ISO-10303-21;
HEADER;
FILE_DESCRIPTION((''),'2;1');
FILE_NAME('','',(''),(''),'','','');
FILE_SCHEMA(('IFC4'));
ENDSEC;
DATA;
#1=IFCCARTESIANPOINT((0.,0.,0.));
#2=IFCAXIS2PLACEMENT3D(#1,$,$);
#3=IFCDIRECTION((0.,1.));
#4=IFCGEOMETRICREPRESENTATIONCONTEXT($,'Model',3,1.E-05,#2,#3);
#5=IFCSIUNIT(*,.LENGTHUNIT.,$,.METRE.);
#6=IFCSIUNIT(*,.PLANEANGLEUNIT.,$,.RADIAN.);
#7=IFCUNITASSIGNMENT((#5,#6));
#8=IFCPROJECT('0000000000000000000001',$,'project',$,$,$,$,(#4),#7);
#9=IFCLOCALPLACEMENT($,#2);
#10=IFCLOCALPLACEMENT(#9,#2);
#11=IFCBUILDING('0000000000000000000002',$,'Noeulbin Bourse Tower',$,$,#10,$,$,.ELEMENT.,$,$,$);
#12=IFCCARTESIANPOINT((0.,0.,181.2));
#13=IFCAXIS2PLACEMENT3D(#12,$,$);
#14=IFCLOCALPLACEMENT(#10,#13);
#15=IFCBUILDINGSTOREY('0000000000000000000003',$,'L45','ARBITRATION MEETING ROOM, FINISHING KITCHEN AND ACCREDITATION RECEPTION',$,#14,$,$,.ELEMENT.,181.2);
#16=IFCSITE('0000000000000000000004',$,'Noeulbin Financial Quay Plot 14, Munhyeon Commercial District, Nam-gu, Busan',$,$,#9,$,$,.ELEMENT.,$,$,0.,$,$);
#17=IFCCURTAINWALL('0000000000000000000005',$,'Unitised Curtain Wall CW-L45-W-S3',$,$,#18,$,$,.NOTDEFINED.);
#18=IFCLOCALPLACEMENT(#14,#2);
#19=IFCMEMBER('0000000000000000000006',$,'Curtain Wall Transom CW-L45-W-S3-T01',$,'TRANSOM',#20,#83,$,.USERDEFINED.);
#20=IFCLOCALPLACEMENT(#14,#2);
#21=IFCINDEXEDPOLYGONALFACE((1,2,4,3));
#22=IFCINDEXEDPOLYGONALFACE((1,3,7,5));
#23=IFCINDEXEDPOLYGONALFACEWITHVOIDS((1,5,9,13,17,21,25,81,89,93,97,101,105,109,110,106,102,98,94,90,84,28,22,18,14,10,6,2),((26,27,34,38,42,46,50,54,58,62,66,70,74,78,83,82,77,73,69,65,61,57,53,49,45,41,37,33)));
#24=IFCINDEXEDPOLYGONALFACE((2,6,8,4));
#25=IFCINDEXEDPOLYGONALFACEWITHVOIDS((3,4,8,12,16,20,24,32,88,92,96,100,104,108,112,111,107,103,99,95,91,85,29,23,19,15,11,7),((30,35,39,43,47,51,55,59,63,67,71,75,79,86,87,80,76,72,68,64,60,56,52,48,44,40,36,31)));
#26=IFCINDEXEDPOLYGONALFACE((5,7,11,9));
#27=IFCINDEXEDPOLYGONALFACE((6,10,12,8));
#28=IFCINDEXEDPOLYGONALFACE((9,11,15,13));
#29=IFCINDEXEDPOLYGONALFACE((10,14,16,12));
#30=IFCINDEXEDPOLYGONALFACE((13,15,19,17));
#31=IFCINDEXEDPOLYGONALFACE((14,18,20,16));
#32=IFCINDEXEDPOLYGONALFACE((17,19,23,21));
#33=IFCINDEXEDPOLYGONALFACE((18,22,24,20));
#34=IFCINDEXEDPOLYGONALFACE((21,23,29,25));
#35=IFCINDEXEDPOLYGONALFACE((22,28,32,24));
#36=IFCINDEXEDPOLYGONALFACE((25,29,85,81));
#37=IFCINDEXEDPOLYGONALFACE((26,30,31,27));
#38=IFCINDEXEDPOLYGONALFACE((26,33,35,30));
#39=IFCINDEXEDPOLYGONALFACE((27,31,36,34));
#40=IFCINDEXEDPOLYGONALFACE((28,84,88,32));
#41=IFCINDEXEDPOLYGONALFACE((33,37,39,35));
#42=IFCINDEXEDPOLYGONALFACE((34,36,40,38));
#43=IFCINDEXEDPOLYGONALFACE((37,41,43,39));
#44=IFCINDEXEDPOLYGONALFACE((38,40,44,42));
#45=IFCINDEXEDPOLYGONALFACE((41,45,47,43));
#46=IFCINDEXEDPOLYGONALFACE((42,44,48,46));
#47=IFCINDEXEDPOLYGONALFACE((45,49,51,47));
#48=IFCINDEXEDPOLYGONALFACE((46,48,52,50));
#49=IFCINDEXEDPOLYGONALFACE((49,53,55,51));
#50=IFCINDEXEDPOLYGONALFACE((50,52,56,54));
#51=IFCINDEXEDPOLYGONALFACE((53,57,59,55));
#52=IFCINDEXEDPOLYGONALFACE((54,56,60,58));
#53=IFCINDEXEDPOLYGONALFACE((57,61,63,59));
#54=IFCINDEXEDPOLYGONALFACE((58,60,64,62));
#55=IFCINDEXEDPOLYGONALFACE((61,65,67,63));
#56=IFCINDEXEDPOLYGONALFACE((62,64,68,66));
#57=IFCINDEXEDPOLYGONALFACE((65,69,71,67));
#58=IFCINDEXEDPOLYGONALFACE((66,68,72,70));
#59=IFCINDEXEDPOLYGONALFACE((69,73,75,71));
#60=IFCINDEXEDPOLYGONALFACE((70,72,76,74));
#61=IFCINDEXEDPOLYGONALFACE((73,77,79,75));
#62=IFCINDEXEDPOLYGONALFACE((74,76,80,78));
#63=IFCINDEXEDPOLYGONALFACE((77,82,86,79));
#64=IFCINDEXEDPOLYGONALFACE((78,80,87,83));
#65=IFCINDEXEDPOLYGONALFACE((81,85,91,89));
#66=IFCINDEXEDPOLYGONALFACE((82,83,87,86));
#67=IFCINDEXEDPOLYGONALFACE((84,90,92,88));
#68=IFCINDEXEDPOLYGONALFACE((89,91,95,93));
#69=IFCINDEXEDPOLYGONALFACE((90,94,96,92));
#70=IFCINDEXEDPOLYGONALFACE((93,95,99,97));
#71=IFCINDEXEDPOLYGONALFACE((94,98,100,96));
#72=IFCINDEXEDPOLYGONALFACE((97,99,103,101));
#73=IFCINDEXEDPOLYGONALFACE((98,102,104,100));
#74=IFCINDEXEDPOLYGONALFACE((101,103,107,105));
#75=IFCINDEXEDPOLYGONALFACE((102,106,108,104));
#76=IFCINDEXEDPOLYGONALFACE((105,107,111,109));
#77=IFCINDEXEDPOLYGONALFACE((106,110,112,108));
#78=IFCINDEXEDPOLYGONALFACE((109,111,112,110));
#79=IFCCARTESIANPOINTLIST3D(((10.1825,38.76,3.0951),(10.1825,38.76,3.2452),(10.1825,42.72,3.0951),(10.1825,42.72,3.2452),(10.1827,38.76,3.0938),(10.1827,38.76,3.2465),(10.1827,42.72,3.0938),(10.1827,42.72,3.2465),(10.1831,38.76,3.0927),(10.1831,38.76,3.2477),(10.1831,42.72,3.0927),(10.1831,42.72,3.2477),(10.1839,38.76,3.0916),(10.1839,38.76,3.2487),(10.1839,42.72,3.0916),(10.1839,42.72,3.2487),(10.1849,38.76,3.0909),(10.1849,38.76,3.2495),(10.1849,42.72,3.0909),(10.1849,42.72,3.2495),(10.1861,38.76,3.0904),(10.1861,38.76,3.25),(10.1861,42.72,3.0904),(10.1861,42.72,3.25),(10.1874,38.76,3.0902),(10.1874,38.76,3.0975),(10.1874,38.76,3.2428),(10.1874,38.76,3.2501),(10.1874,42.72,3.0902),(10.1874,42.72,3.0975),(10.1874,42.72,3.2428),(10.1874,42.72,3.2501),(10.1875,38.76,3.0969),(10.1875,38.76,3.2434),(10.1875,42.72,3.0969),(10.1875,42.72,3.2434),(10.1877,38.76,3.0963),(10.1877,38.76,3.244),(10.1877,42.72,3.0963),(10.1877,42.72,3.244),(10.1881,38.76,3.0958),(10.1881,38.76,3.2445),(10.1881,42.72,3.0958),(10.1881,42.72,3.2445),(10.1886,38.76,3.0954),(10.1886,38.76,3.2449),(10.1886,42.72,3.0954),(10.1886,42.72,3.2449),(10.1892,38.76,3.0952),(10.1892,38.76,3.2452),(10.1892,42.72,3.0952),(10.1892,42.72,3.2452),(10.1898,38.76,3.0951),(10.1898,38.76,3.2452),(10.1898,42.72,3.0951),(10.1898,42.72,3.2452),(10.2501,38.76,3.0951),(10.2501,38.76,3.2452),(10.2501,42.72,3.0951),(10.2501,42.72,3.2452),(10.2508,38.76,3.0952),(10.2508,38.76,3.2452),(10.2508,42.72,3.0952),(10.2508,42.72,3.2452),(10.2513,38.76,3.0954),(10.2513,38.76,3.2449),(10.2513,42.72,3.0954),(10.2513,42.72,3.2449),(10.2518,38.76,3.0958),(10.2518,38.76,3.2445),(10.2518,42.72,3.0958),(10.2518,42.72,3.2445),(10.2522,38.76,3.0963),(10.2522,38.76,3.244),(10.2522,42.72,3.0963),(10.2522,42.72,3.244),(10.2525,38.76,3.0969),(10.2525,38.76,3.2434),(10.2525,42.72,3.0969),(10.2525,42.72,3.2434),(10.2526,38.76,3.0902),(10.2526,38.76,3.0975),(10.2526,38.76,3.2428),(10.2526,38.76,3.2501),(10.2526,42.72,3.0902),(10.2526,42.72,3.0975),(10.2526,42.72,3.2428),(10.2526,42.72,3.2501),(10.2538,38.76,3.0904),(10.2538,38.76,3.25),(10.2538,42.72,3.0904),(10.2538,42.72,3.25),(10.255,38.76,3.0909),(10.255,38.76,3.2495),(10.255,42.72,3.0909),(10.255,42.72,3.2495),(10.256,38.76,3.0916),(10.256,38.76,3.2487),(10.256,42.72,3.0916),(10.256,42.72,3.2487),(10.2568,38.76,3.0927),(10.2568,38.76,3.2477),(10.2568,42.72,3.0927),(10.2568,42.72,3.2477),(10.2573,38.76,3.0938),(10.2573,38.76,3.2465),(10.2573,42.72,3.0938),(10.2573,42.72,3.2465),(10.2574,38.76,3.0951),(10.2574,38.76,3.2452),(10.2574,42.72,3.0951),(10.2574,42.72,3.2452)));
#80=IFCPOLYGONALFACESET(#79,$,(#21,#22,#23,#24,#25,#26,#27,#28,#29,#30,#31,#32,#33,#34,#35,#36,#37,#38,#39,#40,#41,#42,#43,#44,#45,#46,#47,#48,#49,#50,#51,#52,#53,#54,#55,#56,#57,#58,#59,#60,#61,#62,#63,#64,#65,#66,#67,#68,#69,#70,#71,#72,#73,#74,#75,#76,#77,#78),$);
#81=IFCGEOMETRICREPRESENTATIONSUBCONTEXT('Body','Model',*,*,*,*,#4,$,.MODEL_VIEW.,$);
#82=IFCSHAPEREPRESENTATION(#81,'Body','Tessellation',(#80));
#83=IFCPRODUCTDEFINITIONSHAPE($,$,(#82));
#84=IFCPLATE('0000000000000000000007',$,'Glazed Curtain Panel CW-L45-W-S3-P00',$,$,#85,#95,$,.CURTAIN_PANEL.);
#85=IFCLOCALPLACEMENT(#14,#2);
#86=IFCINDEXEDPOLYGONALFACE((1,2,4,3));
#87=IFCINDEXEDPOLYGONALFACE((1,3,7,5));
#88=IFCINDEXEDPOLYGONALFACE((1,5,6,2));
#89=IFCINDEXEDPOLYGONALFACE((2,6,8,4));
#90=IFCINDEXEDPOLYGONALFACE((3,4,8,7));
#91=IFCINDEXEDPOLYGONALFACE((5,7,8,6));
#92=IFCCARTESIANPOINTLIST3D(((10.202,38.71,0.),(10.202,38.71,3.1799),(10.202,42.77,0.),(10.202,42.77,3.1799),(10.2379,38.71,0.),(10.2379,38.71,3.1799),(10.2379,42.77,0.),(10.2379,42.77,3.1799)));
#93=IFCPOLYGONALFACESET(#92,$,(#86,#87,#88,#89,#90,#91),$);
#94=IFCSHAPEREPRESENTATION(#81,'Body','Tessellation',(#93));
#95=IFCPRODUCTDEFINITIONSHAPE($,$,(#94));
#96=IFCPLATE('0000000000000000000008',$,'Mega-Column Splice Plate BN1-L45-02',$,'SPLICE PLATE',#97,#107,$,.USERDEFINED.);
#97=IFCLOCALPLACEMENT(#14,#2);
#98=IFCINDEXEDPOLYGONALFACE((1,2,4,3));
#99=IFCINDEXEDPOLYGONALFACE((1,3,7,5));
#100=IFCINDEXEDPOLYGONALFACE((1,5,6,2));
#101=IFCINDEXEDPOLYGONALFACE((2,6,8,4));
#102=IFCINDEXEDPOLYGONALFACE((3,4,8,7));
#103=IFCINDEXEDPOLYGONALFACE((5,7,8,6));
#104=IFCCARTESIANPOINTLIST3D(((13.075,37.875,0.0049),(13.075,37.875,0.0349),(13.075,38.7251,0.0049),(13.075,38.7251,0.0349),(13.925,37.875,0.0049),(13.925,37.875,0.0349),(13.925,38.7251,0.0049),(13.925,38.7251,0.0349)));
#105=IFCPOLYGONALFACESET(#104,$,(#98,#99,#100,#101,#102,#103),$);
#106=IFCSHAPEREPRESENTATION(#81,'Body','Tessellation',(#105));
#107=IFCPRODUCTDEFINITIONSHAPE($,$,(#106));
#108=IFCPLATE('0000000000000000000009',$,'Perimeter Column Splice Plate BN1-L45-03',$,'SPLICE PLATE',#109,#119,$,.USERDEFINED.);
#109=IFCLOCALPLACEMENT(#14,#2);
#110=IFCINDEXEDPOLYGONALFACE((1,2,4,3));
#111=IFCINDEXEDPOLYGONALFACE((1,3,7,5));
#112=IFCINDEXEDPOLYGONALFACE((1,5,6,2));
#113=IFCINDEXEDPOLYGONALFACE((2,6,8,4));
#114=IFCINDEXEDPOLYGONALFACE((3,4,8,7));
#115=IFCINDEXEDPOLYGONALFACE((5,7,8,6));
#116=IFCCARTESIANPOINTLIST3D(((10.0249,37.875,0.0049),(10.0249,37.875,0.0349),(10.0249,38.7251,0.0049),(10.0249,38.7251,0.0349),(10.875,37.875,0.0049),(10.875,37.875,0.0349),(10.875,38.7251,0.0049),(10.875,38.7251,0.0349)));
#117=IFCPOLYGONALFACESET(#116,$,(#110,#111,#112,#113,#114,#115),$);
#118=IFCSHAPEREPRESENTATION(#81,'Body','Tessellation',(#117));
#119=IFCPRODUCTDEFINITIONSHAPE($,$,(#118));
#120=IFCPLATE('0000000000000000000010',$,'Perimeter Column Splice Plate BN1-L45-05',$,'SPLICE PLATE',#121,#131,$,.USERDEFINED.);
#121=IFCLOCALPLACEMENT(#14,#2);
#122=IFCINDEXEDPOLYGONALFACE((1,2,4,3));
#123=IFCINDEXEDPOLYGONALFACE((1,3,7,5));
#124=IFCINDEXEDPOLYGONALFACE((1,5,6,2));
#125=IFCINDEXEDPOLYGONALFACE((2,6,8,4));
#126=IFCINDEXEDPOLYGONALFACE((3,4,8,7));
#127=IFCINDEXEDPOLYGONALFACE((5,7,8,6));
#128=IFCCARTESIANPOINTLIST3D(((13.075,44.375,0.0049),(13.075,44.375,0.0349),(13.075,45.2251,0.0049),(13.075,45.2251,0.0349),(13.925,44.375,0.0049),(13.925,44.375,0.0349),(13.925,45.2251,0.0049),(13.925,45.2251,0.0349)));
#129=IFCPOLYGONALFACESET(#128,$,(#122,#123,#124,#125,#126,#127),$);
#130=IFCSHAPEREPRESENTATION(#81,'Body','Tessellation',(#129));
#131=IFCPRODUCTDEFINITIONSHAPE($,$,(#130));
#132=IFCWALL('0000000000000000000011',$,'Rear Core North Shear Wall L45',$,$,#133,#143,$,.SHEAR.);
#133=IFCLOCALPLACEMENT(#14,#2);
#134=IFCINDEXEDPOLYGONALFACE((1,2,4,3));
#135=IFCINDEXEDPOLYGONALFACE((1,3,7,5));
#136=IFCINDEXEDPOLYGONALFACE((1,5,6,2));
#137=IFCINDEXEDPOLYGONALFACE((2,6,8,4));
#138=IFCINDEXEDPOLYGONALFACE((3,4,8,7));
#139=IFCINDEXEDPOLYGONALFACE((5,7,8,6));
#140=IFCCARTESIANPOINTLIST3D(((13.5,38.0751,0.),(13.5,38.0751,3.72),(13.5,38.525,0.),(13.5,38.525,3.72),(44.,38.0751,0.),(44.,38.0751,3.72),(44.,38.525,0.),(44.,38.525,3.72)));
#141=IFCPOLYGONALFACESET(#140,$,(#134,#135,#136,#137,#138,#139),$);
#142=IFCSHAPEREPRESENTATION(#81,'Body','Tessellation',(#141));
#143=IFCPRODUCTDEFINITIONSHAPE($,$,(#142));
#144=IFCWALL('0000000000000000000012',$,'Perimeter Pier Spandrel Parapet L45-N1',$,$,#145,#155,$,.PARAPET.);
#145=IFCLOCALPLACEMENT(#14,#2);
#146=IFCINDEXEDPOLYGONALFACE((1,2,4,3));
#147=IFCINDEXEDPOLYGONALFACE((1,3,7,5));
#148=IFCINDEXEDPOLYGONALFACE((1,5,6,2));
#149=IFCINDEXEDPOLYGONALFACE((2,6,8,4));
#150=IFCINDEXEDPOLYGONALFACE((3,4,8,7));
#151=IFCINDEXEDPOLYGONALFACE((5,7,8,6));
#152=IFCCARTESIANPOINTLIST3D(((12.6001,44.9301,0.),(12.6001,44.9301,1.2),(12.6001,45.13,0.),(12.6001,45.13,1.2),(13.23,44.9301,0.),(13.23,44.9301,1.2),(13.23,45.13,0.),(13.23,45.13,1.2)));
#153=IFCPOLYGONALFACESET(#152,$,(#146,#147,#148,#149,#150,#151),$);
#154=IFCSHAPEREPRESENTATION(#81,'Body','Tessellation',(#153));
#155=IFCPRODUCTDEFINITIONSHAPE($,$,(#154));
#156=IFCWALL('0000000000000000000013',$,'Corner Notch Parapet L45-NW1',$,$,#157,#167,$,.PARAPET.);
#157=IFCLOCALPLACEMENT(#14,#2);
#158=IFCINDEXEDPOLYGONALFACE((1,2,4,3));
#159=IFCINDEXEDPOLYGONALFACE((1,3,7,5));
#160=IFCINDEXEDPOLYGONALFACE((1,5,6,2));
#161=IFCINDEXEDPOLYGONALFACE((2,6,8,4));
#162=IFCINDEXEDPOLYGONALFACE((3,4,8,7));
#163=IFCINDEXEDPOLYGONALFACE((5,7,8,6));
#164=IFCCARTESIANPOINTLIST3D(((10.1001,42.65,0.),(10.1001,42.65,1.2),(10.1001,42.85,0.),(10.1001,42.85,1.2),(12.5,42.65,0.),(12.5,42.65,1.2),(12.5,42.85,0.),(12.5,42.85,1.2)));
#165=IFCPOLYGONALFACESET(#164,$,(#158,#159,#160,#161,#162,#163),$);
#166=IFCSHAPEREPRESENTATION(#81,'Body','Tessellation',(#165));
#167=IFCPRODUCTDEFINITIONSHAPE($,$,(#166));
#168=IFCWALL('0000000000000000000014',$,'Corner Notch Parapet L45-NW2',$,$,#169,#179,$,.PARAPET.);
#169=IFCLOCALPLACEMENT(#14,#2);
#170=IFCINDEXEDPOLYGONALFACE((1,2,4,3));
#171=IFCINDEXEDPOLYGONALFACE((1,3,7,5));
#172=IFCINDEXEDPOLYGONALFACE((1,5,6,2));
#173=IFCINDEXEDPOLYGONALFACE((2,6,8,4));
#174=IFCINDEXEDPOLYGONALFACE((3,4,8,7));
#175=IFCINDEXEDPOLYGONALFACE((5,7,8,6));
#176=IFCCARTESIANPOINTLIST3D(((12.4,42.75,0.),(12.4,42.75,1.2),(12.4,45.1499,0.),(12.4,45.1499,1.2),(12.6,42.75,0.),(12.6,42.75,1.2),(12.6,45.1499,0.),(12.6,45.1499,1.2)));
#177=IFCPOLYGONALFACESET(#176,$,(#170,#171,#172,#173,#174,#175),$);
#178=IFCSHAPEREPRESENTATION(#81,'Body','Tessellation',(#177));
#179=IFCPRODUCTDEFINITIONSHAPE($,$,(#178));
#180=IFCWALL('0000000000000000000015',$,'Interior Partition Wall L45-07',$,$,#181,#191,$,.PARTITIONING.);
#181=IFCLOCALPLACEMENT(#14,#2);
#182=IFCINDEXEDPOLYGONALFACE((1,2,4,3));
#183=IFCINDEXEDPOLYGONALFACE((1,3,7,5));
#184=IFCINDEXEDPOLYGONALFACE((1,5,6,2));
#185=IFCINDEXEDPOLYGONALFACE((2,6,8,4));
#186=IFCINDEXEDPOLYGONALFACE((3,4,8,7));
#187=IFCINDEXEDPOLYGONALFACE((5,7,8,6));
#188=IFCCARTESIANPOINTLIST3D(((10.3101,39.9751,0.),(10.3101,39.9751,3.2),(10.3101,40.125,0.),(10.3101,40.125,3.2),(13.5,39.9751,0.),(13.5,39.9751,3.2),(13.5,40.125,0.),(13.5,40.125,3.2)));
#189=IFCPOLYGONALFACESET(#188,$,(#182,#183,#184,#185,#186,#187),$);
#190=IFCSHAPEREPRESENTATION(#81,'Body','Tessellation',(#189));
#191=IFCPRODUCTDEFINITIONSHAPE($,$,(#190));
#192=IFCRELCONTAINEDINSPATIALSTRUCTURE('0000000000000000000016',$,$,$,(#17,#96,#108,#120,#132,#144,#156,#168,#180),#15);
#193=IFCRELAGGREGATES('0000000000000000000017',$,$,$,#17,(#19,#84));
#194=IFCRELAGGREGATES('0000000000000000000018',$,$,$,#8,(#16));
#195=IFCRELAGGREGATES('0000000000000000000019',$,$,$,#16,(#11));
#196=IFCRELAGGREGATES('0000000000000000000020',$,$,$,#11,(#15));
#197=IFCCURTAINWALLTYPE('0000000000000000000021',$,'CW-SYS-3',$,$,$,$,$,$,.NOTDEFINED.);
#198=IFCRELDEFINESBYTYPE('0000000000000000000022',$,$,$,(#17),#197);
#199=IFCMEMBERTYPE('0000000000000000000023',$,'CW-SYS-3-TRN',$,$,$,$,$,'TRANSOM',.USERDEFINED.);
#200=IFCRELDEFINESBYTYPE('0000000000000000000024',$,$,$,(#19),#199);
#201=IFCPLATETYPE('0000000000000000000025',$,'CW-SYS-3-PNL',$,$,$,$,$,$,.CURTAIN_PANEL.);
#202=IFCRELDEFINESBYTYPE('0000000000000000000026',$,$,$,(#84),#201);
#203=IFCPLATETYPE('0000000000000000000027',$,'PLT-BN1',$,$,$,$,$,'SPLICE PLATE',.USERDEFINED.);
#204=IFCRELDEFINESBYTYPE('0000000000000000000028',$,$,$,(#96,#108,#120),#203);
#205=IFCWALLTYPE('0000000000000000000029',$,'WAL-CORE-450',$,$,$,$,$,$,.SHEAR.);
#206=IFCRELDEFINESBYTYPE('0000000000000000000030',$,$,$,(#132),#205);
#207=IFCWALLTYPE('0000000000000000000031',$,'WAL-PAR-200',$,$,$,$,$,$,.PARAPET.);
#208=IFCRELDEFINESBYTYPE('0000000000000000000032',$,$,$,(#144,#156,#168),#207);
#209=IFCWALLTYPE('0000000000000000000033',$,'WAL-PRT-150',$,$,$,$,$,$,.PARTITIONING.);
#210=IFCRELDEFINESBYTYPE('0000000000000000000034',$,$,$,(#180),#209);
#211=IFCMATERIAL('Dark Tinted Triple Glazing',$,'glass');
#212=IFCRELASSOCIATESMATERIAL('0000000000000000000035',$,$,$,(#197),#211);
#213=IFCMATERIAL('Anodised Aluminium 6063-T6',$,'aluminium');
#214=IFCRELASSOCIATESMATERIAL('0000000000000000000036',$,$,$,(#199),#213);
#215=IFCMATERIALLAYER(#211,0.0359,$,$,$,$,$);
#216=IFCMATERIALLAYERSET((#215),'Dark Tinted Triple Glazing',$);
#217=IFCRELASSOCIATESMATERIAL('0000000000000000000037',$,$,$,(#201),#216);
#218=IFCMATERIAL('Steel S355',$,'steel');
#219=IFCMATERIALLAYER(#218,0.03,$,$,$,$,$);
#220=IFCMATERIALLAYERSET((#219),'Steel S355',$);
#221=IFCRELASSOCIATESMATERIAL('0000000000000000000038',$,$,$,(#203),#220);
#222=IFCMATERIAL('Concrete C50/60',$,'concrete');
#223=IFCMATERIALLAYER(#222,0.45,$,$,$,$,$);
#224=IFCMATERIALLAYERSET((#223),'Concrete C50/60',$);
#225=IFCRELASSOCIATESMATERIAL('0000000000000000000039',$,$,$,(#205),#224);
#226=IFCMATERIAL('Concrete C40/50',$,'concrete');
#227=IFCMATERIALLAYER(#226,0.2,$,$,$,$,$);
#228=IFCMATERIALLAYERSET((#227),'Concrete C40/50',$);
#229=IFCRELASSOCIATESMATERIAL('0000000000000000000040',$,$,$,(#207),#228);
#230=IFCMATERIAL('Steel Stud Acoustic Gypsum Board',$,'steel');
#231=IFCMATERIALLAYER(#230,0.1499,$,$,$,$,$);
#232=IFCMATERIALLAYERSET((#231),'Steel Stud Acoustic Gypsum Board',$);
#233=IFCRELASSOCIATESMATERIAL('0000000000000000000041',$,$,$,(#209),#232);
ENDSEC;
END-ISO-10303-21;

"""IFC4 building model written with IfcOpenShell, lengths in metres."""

from ifc_helpers import new_model, si_unit, direction, frame, frame_2d, origin, origin_2d, place, context, subcontext, project, spatial, rectangle, hollow_rectangle, extrude, material, layer, layer_set, material_profile, profile_set, type_object, element, aggregate, save


model = new_model("IFC4")

# Units and contexts
model_context = context("Model", 3, precision=1e-05, world=origin(), true_north=direction((0.0, 1.0)))
body_context = subcontext(model_context, "Body", "Model", "MODEL_VIEW")
ifc_project = project(units=[si_unit("LENGTHUNIT", "METRE"), si_unit("PLANEANGLEUNIT", "RADIAN")], contexts=[model_context])

# Site, building, storey
site_placement = place(None, origin())
site = spatial("IfcSite", under=ifc_project, at=site_placement, Name="Noeulbin Financial Quay Plot 14, Munhyeon Commercial District, Nam-gu, Busan", CompositionType="ELEMENT", RefElevation=0.0)
building_placement = place(site_placement, origin())
building = spatial("IfcBuilding", under=site, at=building_placement, Name="Noeulbin Bourse Tower", CompositionType="ELEMENT")
storey_placement = place(building_placement, frame((0.0, 0.0, 181.2)))
storey = spatial("IfcBuildingStorey", under=building, at=storey_placement, Name="L45", Description="ARBITRATION MEETING ROOM, FINISHING KITCHEN AND ACCREDITATION RECEPTION", CompositionType="ELEMENT", Elevation=181.2)

# Shared definitions
ifc_material_1 = material(Name="Steel S355", Category="steel")

# Shared definitions
ifc_material_2 = material(Name="Dark Tinted Triple Glazing", Category="glass")
curtain_wall_type = type_object("IfcCurtainWallType", Name="CW-SYS-3", PredefinedType="NOTDEFINED", material=ifc_material_2)
ifc_material_3 = material(Name="Anodised Aluminium 6063-T6", Category="aluminium")

# Curtain wall
curtain_wall_1_placement = place(storey_placement, origin())
curtain_wall_1 = element("IfcCurtainWall", 1, at=curtain_wall_1_placement, inside=storey, type_object=curtain_wall_type, Name="Unitised Curtain Wall CW-L45-W-S3", PredefinedType="NOTDEFINED")

# Member
ifc_material_profile_1 = material_profile(ifc_material_3, hollow_rectangle(XDim=0.075, YDim=0.1599, WallThickness=0.0049, InnerFilletRadius=0.0024, OuterFilletRadius=0.0049, at=origin_2d()), Name="ALU-TRAN-75x160x5", Category="LoadBearing")
ifc_profile_set_1 = profile_set([ifc_material_profile_1], Name="Anodised Aluminium 6063-T6")
member_type_1 = type_object("IfcMemberType", Name="CW-SYS-3-TRN", ElementType="TRANSOM", PredefinedType="USERDEFINED", material=ifc_profile_set_1)
member_1_placement = place(storey_placement, frame((10.22, 38.76, 3.1702), z_axis=(0.0, 1.0, 0.0), x_axis=(-1.0, 0.0, 0.0)))
member_1 = element("IfcMember", 2, at=member_1_placement, type_object=member_type_1, Name="Curtain Wall Transom CW-L45-W-S3-T01", ObjectType="TRANSOM", PredefinedType="USERDEFINED", context=body_context, shape_type="SweptSolid", body=[
    extrude(hollow_rectangle(XDim=0.075, YDim=0.1599, WallThickness=0.0049, InnerFilletRadius=0.0024, OuterFilletRadius=0.0049, at=origin_2d()), origin(), (0.0, 0.0, 1.0), 3.96),
])

# Plate
ifc_layer_1 = layer(ifc_material_2, 0.0359)
ifc_layer_set_1 = layer_set([ifc_layer_1], Name="Dark Tinted Triple Glazing")
plate_type_1 = type_object("IfcPlateType", Name="CW-SYS-3-PNL", PredefinedType="CURTAIN_PANEL", material=ifc_layer_set_1)
plate_placement = place(storey_placement, frame((10.22, 40.74, 0.0), z_axis=(0.0, 0.0, 1.0), x_axis=(0.0, 1.0, 0.0)))
plate = element("IfcPlate", 3, at=plate_placement, type_object=plate_type_1, Name="Glazed Curtain Panel CW-L45-W-S3-P00", PredefinedType="CURTAIN_PANEL", context=body_context, shape_type="SweptSolid", body=[
    extrude(rectangle(XDim=4.0601, YDim=0.0359, at=origin_2d()), origin(), (0.0, 0.0, 1.0), 3.1799),
])
aggregate(curtain_wall_1, [member_1, plate])

# Plates
ifc_layer_2 = layer(ifc_material_1, 0.03)
ifc_layer_set_2 = layer_set([ifc_layer_2], Name="Steel S355")
plate_type_2 = type_object("IfcPlateType", Name="PLT-BN1", ElementType="SPLICE PLATE", PredefinedType="USERDEFINED", material=ifc_layer_set_2)
for number, where, z_axis, x_axis, name in (
    (4, (13.5, 38.3, 0.0049), (0.0, 0.0, 1.0), (1.0, 0.0, 0.0), "Mega-Column Splice Plate BN1-L45-02"),
    (5, (10.45, 38.3, 0.0049), (0.0, 0.0, 1.0), (1.0, 0.0, 0.0), "Perimeter Column Splice Plate BN1-L45-03"),
    (6, (13.5, 44.8, 0.0049), (0.0, 0.0, 1.0), (1.0, 0.0, 0.0), "Perimeter Column Splice Plate BN1-L45-05"),
):
    element("IfcPlate", number, at=place(storey_placement, frame(where, z_axis=z_axis, x_axis=x_axis)), inside=storey, type_object=plate_type_2, Name=name, ObjectType="SPLICE PLATE", PredefinedType="USERDEFINED", context=body_context, shape_type="SweptSolid", body=[
        extrude(rectangle(XDim=0.8501, YDim=0.8501, at=origin_2d()), origin(), (0.0, 0.0, 1.0), 0.03),
    ])

# Walls
ifc_material_4 = material(Name="Concrete C50/60", Category="concrete")
ifc_layer_3 = layer(ifc_material_4, 0.45)
ifc_layer_set_3 = layer_set([ifc_layer_3], Name="Concrete C50/60")
wall_type_1 = type_object("IfcWallType", Name="WAL-CORE-450", PredefinedType="SHEAR", material=ifc_layer_set_3)
wall_1_placement = place(storey_placement, frame((13.5, 38.3, 0.0), z_axis=(0.0, 0.0, 1.0), x_axis=(1.0, 0.0, 0.0)))
element("IfcWall", 7, at=wall_1_placement, inside=storey, type_object=wall_type_1, Name="Rear Core North Shear Wall L45", PredefinedType="SHEAR", context=body_context, shape_type="SweptSolid", body=[
    extrude(rectangle(XDim=30.5, YDim=0.45, at=frame_2d((15.25, 0.0))), origin(), (0.0, 0.0, 1.0), 3.72),
])
ifc_material_5 = material(Name="Concrete C40/50", Category="concrete")
ifc_layer_4 = layer(ifc_material_5, 0.2)
ifc_layer_set_4 = layer_set([ifc_layer_4], Name="Concrete C40/50")
wall_type_2 = type_object("IfcWallType", Name="WAL-PAR-200", PredefinedType="PARAPET", material=ifc_layer_set_4)
wall_2_placement = place(storey_placement, frame((12.6001, 45.03, 0.0), z_axis=(0.0, 0.0, 1.0), x_axis=(1.0, 0.0, 0.0)))
element("IfcWall", 8, at=wall_2_placement, inside=storey, type_object=wall_type_2, Name="Perimeter Pier Spandrel Parapet L45-N1", PredefinedType="PARAPET", context=body_context, shape_type="SweptSolid", body=[
    extrude(rectangle(XDim=0.6299, YDim=0.2, at=frame_2d((0.3149, 0.0))), origin(), (0.0, 0.0, 1.0), 1.2),
])
for number, where, z_axis, x_axis, name in (
    (9, (10.1001, 42.75, 0.0), (0.0, 0.0, 1.0), (1.0, 0.0, 0.0), "Corner Notch Parapet L45-NW1"),
    (10, (12.5, 42.75, 0.0), (0.0, 0.0, 1.0), (0.0, 1.0, 0.0), "Corner Notch Parapet L45-NW2"),
):
    element("IfcWall", number, at=place(storey_placement, frame(where, z_axis=z_axis, x_axis=x_axis)), inside=storey, type_object=wall_type_2, Name=name, PredefinedType="PARAPET", context=body_context, shape_type="SweptSolid", body=[
        extrude(rectangle(XDim=2.3999, YDim=0.2, at=frame_2d((1.2, 0.0))), origin(), (0.0, 0.0, 1.0), 1.2),
    ])
ifc_material_6 = material(Name="Steel Stud Acoustic Gypsum Board", Category="steel")
ifc_layer_5 = layer(ifc_material_6, 0.1499)
ifc_layer_set_5 = layer_set([ifc_layer_5], Name="Steel Stud Acoustic Gypsum Board")
wall_type_3 = type_object("IfcWallType", Name="WAL-PRT-150", PredefinedType="PARTITIONING", material=ifc_layer_set_5)
wall_3_placement = place(storey_placement, frame((10.3101, 40.05, 0.0), z_axis=(0.0, 0.0, 1.0), x_axis=(1.0, 0.0, 0.0)))
element("IfcWall", 11, at=wall_3_placement, inside=storey, type_object=wall_type_3, Name="Interior Partition Wall L45-07", PredefinedType="PARTITIONING", context=body_context, shape_type="SweptSolid", body=[
    extrude(rectangle(XDim=3.1899, YDim=0.1499, at=frame_2d((1.595, 0.0))), origin(), (0.0, 0.0, 1.0), 3.2),
])

save(model, "model.ifc")
